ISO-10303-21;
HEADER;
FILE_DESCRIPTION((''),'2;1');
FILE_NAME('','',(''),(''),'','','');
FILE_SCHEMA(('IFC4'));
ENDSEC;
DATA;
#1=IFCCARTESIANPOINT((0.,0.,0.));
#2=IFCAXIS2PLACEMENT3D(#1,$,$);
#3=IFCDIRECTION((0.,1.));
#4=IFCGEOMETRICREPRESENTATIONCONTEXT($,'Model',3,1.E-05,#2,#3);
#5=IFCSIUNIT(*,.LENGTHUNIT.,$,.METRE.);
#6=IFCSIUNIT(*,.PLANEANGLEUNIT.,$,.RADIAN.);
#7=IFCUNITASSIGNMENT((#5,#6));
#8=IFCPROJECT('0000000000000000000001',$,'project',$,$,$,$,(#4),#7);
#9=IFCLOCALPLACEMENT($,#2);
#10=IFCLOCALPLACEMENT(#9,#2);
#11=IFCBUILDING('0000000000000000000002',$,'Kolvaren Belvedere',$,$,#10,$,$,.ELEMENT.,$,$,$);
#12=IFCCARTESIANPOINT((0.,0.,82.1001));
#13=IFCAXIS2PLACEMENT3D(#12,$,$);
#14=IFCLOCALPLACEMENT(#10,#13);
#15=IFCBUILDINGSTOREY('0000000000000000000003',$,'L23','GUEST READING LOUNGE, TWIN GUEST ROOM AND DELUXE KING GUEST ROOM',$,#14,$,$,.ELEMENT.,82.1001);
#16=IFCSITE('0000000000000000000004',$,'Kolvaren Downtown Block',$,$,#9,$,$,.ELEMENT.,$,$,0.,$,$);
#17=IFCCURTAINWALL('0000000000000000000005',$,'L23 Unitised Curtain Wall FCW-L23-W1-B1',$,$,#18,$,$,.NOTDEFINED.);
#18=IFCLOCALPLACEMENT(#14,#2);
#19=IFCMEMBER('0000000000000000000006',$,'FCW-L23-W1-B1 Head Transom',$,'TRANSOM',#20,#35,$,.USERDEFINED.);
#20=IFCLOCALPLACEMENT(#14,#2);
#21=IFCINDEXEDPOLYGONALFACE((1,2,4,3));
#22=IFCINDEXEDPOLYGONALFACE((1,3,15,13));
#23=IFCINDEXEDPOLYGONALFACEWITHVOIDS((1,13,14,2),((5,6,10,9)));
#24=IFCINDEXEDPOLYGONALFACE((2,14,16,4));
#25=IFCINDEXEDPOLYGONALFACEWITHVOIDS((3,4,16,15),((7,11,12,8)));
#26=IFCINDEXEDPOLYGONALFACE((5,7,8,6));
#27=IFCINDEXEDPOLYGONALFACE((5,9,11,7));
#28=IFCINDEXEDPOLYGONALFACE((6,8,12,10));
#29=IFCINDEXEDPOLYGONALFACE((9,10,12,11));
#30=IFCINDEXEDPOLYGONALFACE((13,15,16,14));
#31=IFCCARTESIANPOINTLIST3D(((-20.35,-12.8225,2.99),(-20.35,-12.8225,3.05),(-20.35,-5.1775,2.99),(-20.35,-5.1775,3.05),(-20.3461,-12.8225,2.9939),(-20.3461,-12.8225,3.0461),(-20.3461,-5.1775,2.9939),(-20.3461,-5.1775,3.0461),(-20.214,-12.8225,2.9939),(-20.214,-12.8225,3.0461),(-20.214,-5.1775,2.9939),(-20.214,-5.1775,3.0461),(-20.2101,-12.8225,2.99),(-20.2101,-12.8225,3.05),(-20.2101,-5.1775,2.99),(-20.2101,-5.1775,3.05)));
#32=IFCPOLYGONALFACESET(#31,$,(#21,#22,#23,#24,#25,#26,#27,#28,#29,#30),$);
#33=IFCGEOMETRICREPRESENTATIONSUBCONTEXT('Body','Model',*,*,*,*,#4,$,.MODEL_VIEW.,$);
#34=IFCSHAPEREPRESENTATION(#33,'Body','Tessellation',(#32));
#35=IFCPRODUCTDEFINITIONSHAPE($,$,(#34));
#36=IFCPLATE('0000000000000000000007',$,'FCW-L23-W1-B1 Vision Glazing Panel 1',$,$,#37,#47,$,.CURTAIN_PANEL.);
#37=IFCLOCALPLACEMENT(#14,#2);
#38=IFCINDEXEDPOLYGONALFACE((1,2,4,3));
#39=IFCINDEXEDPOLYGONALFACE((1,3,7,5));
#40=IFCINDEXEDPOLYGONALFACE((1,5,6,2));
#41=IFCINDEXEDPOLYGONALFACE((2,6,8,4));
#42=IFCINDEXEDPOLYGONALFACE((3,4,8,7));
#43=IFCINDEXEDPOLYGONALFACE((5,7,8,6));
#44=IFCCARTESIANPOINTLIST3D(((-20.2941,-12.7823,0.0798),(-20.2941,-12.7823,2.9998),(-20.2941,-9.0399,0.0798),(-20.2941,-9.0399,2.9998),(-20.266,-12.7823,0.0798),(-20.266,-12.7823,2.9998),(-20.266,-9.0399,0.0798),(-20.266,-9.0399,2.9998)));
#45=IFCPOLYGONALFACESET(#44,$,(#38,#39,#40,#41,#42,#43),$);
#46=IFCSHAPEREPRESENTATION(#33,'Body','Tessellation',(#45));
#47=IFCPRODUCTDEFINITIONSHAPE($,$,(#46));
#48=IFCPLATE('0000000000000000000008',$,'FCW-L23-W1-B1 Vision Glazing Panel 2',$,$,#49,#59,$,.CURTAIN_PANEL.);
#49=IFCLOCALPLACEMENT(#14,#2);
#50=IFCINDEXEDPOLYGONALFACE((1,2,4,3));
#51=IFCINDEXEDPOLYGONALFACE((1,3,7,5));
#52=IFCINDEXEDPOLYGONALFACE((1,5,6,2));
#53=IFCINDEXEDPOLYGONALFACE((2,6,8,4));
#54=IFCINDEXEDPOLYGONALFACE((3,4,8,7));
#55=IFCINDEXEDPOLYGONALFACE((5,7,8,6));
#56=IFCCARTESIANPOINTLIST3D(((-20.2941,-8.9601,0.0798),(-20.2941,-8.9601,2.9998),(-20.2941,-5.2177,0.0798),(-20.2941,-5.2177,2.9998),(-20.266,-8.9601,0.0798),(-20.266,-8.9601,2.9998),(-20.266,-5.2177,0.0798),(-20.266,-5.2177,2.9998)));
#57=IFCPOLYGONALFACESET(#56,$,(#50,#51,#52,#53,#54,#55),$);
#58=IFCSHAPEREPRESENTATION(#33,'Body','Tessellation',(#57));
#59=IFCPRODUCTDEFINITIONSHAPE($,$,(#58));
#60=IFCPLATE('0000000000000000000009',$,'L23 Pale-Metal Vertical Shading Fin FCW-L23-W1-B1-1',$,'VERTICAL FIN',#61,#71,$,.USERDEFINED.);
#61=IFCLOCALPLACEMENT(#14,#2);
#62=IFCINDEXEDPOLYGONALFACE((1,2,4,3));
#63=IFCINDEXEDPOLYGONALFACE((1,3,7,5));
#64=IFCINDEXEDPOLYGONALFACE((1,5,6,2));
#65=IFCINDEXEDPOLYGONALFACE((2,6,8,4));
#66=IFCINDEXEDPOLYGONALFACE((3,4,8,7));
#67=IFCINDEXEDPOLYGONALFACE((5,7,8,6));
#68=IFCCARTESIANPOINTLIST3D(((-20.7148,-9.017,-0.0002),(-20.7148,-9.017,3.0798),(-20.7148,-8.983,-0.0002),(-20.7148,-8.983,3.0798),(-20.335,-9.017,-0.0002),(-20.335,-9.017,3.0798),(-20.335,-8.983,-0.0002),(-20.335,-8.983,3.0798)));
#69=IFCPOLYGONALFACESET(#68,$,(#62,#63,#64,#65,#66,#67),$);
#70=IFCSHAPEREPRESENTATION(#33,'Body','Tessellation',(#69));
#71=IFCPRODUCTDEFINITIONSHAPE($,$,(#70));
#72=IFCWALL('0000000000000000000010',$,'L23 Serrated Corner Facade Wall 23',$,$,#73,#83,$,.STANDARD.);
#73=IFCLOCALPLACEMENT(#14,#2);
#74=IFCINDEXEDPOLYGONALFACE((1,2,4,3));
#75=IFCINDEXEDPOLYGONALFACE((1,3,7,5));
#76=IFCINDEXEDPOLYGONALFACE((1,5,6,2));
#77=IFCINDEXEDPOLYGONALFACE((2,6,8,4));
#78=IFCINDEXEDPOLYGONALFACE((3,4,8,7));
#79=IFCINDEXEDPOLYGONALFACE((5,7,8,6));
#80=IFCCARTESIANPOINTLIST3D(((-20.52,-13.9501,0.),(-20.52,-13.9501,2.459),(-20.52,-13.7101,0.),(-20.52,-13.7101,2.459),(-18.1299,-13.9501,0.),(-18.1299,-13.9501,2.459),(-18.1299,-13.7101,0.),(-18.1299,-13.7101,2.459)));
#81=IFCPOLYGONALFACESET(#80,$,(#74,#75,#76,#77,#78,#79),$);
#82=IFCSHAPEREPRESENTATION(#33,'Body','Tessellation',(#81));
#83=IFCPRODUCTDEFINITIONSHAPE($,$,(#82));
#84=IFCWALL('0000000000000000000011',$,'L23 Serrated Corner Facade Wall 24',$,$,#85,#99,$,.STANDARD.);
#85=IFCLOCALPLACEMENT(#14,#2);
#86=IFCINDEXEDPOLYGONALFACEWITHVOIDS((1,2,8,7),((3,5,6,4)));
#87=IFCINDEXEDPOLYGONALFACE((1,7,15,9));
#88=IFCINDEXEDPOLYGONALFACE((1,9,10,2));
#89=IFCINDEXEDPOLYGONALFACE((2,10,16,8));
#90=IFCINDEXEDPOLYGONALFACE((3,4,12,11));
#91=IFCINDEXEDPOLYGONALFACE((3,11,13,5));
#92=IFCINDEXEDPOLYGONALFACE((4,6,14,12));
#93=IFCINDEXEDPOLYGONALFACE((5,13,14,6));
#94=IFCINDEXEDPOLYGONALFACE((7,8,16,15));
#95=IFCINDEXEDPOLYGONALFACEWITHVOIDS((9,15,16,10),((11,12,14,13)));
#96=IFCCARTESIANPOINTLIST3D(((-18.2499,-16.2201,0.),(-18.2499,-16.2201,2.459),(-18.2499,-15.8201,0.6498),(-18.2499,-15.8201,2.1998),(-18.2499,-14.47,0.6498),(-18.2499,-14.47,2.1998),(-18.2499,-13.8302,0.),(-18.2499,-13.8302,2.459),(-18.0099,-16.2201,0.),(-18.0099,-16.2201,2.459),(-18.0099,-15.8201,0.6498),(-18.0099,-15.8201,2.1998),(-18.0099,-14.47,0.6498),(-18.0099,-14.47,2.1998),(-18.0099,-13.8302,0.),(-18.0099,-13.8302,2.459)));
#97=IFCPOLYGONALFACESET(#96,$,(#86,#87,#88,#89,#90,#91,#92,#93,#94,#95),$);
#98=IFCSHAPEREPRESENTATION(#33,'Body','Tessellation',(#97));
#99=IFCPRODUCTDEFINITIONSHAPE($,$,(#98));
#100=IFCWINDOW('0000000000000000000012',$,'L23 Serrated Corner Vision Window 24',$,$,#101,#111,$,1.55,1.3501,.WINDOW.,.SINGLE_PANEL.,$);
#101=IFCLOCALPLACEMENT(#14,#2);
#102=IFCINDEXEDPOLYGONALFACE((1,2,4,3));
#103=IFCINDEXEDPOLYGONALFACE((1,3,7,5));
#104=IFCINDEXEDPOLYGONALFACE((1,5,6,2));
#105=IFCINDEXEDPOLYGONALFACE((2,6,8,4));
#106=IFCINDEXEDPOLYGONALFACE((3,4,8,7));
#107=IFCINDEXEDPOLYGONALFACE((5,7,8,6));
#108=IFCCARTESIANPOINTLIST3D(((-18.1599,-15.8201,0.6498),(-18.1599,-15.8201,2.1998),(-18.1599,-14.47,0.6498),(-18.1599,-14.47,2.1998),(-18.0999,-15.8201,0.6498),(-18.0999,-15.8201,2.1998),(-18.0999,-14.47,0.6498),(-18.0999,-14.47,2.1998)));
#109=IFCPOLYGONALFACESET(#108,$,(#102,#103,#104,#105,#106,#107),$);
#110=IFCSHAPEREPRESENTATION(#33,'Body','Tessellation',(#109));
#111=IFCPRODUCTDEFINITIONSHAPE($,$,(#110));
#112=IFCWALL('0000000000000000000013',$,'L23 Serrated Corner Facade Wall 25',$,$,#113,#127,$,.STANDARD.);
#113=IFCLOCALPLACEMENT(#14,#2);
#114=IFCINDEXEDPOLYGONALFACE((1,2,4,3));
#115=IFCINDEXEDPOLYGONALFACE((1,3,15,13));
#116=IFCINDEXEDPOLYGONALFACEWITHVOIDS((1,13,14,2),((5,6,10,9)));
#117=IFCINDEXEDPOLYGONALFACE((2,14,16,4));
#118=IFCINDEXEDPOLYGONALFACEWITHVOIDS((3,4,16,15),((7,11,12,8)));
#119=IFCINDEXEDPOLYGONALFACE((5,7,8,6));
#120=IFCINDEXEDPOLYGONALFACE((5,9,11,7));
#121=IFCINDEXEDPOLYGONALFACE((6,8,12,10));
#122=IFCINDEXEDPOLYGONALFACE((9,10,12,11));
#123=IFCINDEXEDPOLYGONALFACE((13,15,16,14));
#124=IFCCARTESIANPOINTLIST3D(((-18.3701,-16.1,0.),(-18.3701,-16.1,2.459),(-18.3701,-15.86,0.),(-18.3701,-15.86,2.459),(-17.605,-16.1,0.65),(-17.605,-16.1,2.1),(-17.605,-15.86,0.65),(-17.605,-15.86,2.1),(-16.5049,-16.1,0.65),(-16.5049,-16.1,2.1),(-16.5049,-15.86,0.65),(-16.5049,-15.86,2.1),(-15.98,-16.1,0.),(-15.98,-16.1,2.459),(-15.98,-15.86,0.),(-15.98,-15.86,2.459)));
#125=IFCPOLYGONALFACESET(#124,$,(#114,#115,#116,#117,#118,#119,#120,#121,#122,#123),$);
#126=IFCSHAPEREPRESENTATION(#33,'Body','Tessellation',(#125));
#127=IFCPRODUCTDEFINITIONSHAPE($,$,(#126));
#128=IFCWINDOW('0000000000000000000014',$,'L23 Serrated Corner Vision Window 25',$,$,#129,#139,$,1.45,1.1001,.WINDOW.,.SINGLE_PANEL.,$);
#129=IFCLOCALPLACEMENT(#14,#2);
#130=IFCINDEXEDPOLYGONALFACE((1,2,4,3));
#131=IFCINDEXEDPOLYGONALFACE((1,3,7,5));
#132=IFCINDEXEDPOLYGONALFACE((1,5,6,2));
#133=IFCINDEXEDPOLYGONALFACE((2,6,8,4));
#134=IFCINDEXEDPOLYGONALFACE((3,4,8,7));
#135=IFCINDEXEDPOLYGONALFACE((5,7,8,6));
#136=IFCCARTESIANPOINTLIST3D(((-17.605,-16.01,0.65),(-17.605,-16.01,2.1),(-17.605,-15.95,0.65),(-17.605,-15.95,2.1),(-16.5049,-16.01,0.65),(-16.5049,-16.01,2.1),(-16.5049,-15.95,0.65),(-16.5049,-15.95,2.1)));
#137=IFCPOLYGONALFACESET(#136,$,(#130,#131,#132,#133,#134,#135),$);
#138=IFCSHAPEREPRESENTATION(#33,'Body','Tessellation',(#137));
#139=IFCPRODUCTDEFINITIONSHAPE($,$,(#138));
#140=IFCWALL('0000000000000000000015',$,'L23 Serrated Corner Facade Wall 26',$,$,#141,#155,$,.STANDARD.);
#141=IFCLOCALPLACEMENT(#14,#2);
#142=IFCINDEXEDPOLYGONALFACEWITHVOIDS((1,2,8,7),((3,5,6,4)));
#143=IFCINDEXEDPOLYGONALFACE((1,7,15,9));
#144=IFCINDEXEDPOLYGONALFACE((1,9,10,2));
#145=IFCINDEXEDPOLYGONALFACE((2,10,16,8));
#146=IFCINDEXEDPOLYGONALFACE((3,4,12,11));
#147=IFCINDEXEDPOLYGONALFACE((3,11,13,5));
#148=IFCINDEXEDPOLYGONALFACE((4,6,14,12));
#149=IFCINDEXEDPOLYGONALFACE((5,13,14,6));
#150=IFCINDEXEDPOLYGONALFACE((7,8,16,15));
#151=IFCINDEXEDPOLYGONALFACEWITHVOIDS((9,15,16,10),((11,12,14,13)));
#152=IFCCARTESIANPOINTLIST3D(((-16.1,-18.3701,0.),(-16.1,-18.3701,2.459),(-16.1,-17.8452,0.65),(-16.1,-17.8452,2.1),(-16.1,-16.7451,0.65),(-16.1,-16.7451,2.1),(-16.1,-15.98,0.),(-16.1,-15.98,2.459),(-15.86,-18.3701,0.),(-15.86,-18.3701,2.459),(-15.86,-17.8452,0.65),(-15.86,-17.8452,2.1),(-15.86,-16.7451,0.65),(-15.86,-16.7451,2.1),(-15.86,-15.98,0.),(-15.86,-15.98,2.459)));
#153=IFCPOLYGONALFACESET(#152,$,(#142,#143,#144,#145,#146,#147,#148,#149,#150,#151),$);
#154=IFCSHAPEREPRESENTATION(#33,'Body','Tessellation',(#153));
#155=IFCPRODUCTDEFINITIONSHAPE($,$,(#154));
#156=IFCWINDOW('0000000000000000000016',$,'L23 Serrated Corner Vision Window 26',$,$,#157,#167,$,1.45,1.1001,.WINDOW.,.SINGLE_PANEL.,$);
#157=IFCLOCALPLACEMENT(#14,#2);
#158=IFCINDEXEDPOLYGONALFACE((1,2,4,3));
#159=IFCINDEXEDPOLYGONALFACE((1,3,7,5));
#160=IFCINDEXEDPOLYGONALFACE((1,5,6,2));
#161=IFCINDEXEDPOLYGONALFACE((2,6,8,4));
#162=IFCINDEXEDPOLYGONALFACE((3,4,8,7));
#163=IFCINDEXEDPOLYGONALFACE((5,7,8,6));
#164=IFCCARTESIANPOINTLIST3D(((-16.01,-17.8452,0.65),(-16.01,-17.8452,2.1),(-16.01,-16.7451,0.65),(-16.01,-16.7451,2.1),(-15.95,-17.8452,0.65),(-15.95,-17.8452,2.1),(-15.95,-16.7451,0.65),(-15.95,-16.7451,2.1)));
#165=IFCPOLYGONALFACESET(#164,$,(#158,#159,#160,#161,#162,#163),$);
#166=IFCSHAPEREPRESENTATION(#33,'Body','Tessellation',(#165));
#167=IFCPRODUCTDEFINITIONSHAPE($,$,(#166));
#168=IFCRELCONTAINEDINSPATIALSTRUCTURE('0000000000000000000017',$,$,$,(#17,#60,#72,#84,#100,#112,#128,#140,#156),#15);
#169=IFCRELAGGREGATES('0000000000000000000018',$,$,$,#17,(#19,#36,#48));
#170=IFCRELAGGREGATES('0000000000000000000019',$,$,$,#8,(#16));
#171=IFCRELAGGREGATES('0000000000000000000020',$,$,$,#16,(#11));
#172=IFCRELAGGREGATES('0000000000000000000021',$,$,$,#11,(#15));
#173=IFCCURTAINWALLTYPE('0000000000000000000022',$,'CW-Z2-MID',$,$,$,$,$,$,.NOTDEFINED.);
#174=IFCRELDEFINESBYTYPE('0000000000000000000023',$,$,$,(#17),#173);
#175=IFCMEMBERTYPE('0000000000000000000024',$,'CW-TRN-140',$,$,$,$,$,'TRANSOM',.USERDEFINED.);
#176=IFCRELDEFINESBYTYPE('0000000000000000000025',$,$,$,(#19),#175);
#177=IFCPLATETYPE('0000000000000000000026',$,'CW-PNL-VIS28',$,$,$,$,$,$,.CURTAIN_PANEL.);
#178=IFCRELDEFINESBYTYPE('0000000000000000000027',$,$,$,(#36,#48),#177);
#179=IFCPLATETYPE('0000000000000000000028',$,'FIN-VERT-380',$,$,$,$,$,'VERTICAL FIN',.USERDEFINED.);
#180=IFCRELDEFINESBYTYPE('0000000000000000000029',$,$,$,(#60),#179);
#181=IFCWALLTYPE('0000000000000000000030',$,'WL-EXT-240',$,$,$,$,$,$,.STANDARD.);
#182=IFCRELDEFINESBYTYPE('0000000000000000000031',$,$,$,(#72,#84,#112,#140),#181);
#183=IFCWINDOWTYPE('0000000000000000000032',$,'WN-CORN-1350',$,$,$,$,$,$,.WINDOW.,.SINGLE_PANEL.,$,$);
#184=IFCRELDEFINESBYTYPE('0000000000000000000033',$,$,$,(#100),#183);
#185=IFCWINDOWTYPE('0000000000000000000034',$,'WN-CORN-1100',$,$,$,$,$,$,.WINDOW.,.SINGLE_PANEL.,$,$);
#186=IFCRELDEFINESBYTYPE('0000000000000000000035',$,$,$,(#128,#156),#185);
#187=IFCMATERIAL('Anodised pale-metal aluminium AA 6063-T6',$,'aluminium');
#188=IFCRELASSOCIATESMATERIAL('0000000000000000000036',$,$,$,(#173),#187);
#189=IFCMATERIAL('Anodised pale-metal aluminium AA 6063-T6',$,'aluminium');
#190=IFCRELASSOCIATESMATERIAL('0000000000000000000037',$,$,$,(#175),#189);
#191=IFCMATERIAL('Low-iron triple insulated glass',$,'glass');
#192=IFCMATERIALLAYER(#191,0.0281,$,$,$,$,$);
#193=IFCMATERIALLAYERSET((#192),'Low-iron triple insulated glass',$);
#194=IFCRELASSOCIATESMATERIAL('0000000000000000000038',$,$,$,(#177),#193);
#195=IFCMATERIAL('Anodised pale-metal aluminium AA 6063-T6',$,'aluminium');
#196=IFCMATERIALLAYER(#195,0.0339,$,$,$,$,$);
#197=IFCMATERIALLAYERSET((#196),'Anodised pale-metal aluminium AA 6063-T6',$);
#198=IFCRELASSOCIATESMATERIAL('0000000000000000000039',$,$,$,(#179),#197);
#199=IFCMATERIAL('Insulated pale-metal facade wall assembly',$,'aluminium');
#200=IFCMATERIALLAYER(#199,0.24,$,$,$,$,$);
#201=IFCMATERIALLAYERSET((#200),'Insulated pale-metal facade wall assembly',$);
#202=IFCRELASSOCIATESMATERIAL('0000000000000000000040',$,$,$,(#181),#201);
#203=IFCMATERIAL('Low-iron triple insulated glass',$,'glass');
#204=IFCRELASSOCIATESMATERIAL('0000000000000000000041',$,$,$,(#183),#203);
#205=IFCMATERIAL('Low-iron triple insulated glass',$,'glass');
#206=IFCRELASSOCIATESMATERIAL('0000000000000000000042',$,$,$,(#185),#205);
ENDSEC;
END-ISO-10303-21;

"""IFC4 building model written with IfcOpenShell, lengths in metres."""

from ifc_helpers import new_model, si_unit, direction, frame, frame_2d, origin, origin_2d, place, context, subcontext, project, spatial, rectangle, hollow_rectangle, extrude, material, layer, layer_set, material_profile, profile_set, type_object, element, fill, aggregate, save


model = new_model("IFC4")

# Units and contexts
model_context = context("Model", 3, precision=1e-05, world=origin(), true_north=direction((0.0, 1.0)))
body_context = subcontext(model_context, "Body", "Model", "MODEL_VIEW")
ifc_project = project(units=[si_unit("LENGTHUNIT", "METRE"), si_unit("PLANEANGLEUNIT", "RADIAN")], contexts=[model_context])

# Site, building, storey
site_placement = place(None, origin())
site = spatial("IfcSite", under=ifc_project, at=site_placement, Name="Kolvaren Downtown Block", CompositionType="ELEMENT", RefElevation=0.0)
building_placement = place(site_placement, origin())
building = spatial("IfcBuilding", under=site, at=building_placement, Name="Kolvaren Belvedere", CompositionType="ELEMENT")
storey_placement = place(building_placement, frame((0.0, 0.0, 82.1001)))
storey = spatial("IfcBuildingStorey", under=building, at=storey_placement, Name="L23", Description="GUEST READING LOUNGE, TWIN GUEST ROOM AND DELUXE KING GUEST ROOM", CompositionType="ELEMENT", Elevation=82.1001)

# Shared definitions
ifc_material_1 = material(Name="Anodised pale-metal aluminium AA 6063-T6", Category="aluminium")
curtain_wall_type = type_object("IfcCurtainWallType", Name="CW-Z2-MID", PredefinedType="NOTDEFINED", material=ifc_material_1)

# Curtain wall, member, plates
curtain_wall_1_placement = place(storey_placement, origin())
curtain_wall_1 = element("IfcCurtainWall", 1, at=curtain_wall_1_placement, inside=storey, type_object=curtain_wall_type, Name="L23 Unitised Curtain Wall FCW-L23-W1-B1", PredefinedType="NOTDEFINED")
ifc_material_2 = material(Name="Anodised pale-metal aluminium AA 6063-T6", Category="aluminium")
ifc_material_profile_1 = material_profile(ifc_material_2, hollow_rectangle(XDim=0.0601, YDim=0.1399, WallThickness=0.0039, at=origin_2d()), Name="ALU-TRN-140X60")
ifc_profile_set_1 = profile_set([ifc_material_profile_1], Name="Anodised pale-metal aluminium AA 6063-T6")
member_type_1 = type_object("IfcMemberType", Name="CW-TRN-140", ElementType="TRANSOM", PredefinedType="USERDEFINED", material=ifc_profile_set_1)
member_1_placement = place(storey_placement, frame((-20.28, -12.8225, 3.02), z_axis=(0.0, 1.0, 0.0), x_axis=(0.0, 0.0, 1.0)))
member_1 = element("IfcMember", 2, at=member_1_placement, type_object=member_type_1, Name="FCW-L23-W1-B1 Head Transom", ObjectType="TRANSOM", PredefinedType="USERDEFINED", context=body_context, shape_type="SweptSolid", body=[
    extrude(hollow_rectangle(XDim=0.0601, YDim=0.1399, WallThickness=0.0039, at=origin_2d()), origin(), (0.0, 0.0, 1.0), 7.645),
])
ifc_material_3 = material(Name="Low-iron triple insulated glass", Category="glass")
ifc_layer_1 = layer(ifc_material_3, 0.0281)
ifc_layer_set_1 = layer_set([ifc_layer_1], Name="Low-iron triple insulated glass")
plate_type_1 = type_object("IfcPlateType", Name="CW-PNL-VIS28", PredefinedType="CURTAIN_PANEL", material=ifc_layer_set_1)
plate_1_placement = place(storey_placement, frame((-20.28, -10.9111, 0.0798), z_axis=(0.0, 0.0, 1.0), x_axis=(0.0, 1.0, 0.0)))
plate_1 = element("IfcPlate", 3, at=plate_1_placement, type_object=plate_type_1, Name="FCW-L23-W1-B1 Vision Glazing Panel 1", PredefinedType="CURTAIN_PANEL", context=body_context, shape_type="SweptSolid", body=[
    extrude(rectangle(XDim=3.7424, YDim=0.0281, at=origin_2d()), origin(), (0.0, 0.0, 1.0), 2.9199),
])
plate_2_placement = place(storey_placement, frame((-20.28, -7.0889, 0.0798), z_axis=(0.0, 0.0, 1.0), x_axis=(0.0, 1.0, 0.0)))
plate_2 = element("IfcPlate", 4, at=plate_2_placement, type_object=plate_type_1, Name="FCW-L23-W1-B1 Vision Glazing Panel 2", PredefinedType="CURTAIN_PANEL", context=body_context, shape_type="SweptSolid", body=[
    extrude(rectangle(XDim=3.7424, YDim=0.0281, at=origin_2d()), origin(), (0.0, 0.0, 1.0), 2.9199),
])
aggregate(curtain_wall_1, [member_1, plate_1, plate_2])

# Plate
ifc_material_4 = material(Name="Anodised pale-metal aluminium AA 6063-T6", Category="aluminium")
ifc_layer_2 = layer(ifc_material_4, 0.0339)
ifc_layer_set_2 = layer_set([ifc_layer_2], Name="Anodised pale-metal aluminium AA 6063-T6")
plate_type_2 = type_object("IfcPlateType", Name="FIN-VERT-380", ElementType="VERTICAL FIN", PredefinedType="USERDEFINED", material=ifc_layer_set_2)
plate_3_placement = place(storey_placement, frame((-20.5249, -9.0, -0.0002), z_axis=(0.0, 0.0, 1.0), x_axis=(1.0, 0.0, 0.0)))
element("IfcPlate", 5, at=plate_3_placement, inside=storey, type_object=plate_type_2, Name="L23 Pale-Metal Vertical Shading Fin FCW-L23-W1-B1-1", ObjectType="VERTICAL FIN", PredefinedType="USERDEFINED", context=body_context, shape_type="SweptSolid", body=[
    extrude(rectangle(XDim=0.3799, YDim=0.0339, at=origin_2d()), origin(), (0.0, 0.0, 1.0), 3.0801),
])

# Wall
ifc_material_5 = material(Name="Insulated pale-metal facade wall assembly", Category="aluminium")
ifc_layer_3 = layer(ifc_material_5, 0.24)
ifc_layer_set_3 = layer_set([ifc_layer_3], Name="Insulated pale-metal facade wall assembly")
wall_type_1 = type_object("IfcWallType", Name="WL-EXT-240", PredefinedType="STANDARD", material=ifc_layer_set_3)
wall_1_placement = place(storey_placement, frame((-18.1299, -13.8301, 0.0), z_axis=(0.0, 0.0, 1.0), x_axis=(-1.0, 0.0, 0.0)))
element("IfcWall", 6, at=wall_1_placement, inside=storey, type_object=wall_type_1, Name="L23 Serrated Corner Facade Wall 23", PredefinedType="STANDARD", context=body_context, shape_type="SweptSolid", body=[
    extrude(rectangle(XDim=2.3901, YDim=0.24, at=frame_2d((1.1951, 0.0))), origin(), (0.0, 0.0, 1.0), 2.459),
])

# Walls, openings, windows
wall_2_placement = place(storey_placement, frame((-18.1299, -16.22, 0.0), z_axis=(0.0, 0.0, 1.0), x_axis=(0.0, 1.0, 0.0)))
wall_2 = element("IfcWall", 7, at=wall_2_placement, inside=storey, type_object=wall_type_1, Name="L23 Serrated Corner Facade Wall 24", PredefinedType="STANDARD", context=body_context, shape_type="SweptSolid", body=[
    extrude(rectangle(XDim=2.3899, YDim=0.24, at=frame_2d((1.1948, 0.0))), origin(), (0.0, 0.0, 1.0), 2.459),
])
opening_1_placement = place(wall_2_placement, frame((0.3999, 0.0, 0.6499)))
opening_1 = element("IfcOpeningElement", 8, at=opening_1_placement, cuts=wall_2, PredefinedType="OPENING", context=body_context, shape_type="SweptSolid", body=[
    extrude(rectangle(XDim=1.3501, YDim=1.55, at=frame_2d((0.675, 0.7749))), frame((0.0, 0.1299, 0.0), z_axis=(0.0, -1.0, 0.0), x_axis=(1.0, 0.0, 0.0)), (0.0, 0.0, 1.0), 0.26),
])
ifc_material_6 = material(Name="Low-iron triple insulated glass", Category="glass")
window_type_1 = type_object("IfcWindowType", Name="WN-CORN-1350", PartitioningType="SINGLE_PANEL", PredefinedType="WINDOW", material=ifc_material_6)
window_1_placement = place(opening_1_placement, origin())
window_1 = element("IfcWindow", 9, at=window_1_placement, inside=storey, type_object=window_type_1, Name="L23 Serrated Corner Vision Window 24", OverallHeight=1.55, OverallWidth=1.3501, PartitioningType="SINGLE_PANEL", PredefinedType="WINDOW", context=body_context, shape_type="SweptSolid", body=[
    extrude(rectangle(XDim=1.3501, YDim=1.55, at=frame_2d((0.675, 0.7749))), frame((0.0, 0.03, 0.0), z_axis=(0.0, -1.0, 0.0), x_axis=(1.0, 0.0, 0.0)), (0.0, 0.0, 1.0), 0.0601),
])
fill(opening_1, window_1)
wall_3_placement = place(storey_placement, frame((-15.98, -15.98, 0.0), z_axis=(0.0, 0.0, 1.0), x_axis=(-1.0, 0.0, 0.0)))
wall_3 = element("IfcWall", 10, at=wall_3_placement, inside=storey, type_object=wall_type_1, Name="L23 Serrated Corner Facade Wall 25", PredefinedType="STANDARD", context=body_context, shape_type="SweptSolid", body=[
    extrude(rectangle(XDim=2.3901, YDim=0.24, at=frame_2d((1.1951, 0.0))), origin(), (0.0, 0.0, 1.0), 2.459),
])
opening_2_placement = place(wall_3_placement, frame((0.5249, 0.0, 0.6499)))
opening_2 = element("IfcOpeningElement", 11, at=opening_2_placement, cuts=wall_3, PredefinedType="OPENING", context=body_context, shape_type="SweptSolid", body=[
    extrude(rectangle(XDim=1.1001, YDim=1.45, at=frame_2d((0.55, 0.7251))), frame((0.0, 0.1299, 0.0), z_axis=(0.0, -1.0, 0.0), x_axis=(1.0, 0.0, 0.0)), (0.0, 0.0, 1.0), 0.26),
])
ifc_material_7 = material(Name="Low-iron triple insulated glass", Category="glass")
window_type_2 = type_object("IfcWindowType", Name="WN-CORN-1100", PartitioningType="SINGLE_PANEL", PredefinedType="WINDOW", material=ifc_material_7)
window_2_placement = place(opening_2_placement, origin())
window_2 = element("IfcWindow", 12, at=window_2_placement, inside=storey, type_object=window_type_2, Name="L23 Serrated Corner Vision Window 25", OverallHeight=1.45, OverallWidth=1.1001, PartitioningType="SINGLE_PANEL", PredefinedType="WINDOW", context=body_context, shape_type="SweptSolid", body=[
    extrude(rectangle(XDim=1.1001, YDim=1.45, at=frame_2d((0.55, 0.7251))), frame((0.0, 0.03, 0.0), z_axis=(0.0, -1.0, 0.0), x_axis=(1.0, 0.0, 0.0)), (0.0, 0.0, 1.0), 0.0601),
])
fill(opening_2, window_2)
wall_4_placement = place(storey_placement, frame((-15.98, -18.3701, 0.0), z_axis=(0.0, 0.0, 1.0), x_axis=(0.0, 1.0, 0.0)))
wall_4 = element("IfcWall", 13, at=wall_4_placement, inside=storey, type_object=wall_type_1, Name="L23 Serrated Corner Facade Wall 26", PredefinedType="STANDARD", context=body_context, shape_type="SweptSolid", body=[
    extrude(rectangle(XDim=2.3901, YDim=0.24, at=frame_2d((1.1951, 0.0))), origin(), (0.0, 0.0, 1.0), 2.459),
])
opening_3_placement = place(wall_4_placement, frame((0.5249, 0.0, 0.6499)))
opening_3 = element("IfcOpeningElement", 14, at=opening_3_placement, cuts=wall_4, PredefinedType="OPENING", context=body_context, shape_type="SweptSolid", body=[
    extrude(rectangle(XDim=1.1001, YDim=1.45, at=frame_2d((0.55, 0.7251))), frame((0.0, 0.1299, 0.0), z_axis=(0.0, -1.0, 0.0), x_axis=(1.0, 0.0, 0.0)), (0.0, 0.0, 1.0), 0.26),
])
window_3_placement = place(opening_3_placement, origin())
window_3 = element("IfcWindow", 15, at=window_3_placement, inside=storey, type_object=window_type_2, Name="L23 Serrated Corner Vision Window 26", OverallHeight=1.45, OverallWidth=1.1001, PartitioningType="SINGLE_PANEL", PredefinedType="WINDOW", context=body_context, shape_type="SweptSolid", body=[
    extrude(rectangle(XDim=1.1001, YDim=1.45, at=frame_2d((0.55, 0.7251))), frame((0.0, 0.03, 0.0), z_axis=(0.0, -1.0, 0.0), x_axis=(1.0, 0.0, 0.0)), (0.0, 0.0, 1.0), 0.0601),
])
fill(opening_3, window_3)

save(model, "model.ifc")
